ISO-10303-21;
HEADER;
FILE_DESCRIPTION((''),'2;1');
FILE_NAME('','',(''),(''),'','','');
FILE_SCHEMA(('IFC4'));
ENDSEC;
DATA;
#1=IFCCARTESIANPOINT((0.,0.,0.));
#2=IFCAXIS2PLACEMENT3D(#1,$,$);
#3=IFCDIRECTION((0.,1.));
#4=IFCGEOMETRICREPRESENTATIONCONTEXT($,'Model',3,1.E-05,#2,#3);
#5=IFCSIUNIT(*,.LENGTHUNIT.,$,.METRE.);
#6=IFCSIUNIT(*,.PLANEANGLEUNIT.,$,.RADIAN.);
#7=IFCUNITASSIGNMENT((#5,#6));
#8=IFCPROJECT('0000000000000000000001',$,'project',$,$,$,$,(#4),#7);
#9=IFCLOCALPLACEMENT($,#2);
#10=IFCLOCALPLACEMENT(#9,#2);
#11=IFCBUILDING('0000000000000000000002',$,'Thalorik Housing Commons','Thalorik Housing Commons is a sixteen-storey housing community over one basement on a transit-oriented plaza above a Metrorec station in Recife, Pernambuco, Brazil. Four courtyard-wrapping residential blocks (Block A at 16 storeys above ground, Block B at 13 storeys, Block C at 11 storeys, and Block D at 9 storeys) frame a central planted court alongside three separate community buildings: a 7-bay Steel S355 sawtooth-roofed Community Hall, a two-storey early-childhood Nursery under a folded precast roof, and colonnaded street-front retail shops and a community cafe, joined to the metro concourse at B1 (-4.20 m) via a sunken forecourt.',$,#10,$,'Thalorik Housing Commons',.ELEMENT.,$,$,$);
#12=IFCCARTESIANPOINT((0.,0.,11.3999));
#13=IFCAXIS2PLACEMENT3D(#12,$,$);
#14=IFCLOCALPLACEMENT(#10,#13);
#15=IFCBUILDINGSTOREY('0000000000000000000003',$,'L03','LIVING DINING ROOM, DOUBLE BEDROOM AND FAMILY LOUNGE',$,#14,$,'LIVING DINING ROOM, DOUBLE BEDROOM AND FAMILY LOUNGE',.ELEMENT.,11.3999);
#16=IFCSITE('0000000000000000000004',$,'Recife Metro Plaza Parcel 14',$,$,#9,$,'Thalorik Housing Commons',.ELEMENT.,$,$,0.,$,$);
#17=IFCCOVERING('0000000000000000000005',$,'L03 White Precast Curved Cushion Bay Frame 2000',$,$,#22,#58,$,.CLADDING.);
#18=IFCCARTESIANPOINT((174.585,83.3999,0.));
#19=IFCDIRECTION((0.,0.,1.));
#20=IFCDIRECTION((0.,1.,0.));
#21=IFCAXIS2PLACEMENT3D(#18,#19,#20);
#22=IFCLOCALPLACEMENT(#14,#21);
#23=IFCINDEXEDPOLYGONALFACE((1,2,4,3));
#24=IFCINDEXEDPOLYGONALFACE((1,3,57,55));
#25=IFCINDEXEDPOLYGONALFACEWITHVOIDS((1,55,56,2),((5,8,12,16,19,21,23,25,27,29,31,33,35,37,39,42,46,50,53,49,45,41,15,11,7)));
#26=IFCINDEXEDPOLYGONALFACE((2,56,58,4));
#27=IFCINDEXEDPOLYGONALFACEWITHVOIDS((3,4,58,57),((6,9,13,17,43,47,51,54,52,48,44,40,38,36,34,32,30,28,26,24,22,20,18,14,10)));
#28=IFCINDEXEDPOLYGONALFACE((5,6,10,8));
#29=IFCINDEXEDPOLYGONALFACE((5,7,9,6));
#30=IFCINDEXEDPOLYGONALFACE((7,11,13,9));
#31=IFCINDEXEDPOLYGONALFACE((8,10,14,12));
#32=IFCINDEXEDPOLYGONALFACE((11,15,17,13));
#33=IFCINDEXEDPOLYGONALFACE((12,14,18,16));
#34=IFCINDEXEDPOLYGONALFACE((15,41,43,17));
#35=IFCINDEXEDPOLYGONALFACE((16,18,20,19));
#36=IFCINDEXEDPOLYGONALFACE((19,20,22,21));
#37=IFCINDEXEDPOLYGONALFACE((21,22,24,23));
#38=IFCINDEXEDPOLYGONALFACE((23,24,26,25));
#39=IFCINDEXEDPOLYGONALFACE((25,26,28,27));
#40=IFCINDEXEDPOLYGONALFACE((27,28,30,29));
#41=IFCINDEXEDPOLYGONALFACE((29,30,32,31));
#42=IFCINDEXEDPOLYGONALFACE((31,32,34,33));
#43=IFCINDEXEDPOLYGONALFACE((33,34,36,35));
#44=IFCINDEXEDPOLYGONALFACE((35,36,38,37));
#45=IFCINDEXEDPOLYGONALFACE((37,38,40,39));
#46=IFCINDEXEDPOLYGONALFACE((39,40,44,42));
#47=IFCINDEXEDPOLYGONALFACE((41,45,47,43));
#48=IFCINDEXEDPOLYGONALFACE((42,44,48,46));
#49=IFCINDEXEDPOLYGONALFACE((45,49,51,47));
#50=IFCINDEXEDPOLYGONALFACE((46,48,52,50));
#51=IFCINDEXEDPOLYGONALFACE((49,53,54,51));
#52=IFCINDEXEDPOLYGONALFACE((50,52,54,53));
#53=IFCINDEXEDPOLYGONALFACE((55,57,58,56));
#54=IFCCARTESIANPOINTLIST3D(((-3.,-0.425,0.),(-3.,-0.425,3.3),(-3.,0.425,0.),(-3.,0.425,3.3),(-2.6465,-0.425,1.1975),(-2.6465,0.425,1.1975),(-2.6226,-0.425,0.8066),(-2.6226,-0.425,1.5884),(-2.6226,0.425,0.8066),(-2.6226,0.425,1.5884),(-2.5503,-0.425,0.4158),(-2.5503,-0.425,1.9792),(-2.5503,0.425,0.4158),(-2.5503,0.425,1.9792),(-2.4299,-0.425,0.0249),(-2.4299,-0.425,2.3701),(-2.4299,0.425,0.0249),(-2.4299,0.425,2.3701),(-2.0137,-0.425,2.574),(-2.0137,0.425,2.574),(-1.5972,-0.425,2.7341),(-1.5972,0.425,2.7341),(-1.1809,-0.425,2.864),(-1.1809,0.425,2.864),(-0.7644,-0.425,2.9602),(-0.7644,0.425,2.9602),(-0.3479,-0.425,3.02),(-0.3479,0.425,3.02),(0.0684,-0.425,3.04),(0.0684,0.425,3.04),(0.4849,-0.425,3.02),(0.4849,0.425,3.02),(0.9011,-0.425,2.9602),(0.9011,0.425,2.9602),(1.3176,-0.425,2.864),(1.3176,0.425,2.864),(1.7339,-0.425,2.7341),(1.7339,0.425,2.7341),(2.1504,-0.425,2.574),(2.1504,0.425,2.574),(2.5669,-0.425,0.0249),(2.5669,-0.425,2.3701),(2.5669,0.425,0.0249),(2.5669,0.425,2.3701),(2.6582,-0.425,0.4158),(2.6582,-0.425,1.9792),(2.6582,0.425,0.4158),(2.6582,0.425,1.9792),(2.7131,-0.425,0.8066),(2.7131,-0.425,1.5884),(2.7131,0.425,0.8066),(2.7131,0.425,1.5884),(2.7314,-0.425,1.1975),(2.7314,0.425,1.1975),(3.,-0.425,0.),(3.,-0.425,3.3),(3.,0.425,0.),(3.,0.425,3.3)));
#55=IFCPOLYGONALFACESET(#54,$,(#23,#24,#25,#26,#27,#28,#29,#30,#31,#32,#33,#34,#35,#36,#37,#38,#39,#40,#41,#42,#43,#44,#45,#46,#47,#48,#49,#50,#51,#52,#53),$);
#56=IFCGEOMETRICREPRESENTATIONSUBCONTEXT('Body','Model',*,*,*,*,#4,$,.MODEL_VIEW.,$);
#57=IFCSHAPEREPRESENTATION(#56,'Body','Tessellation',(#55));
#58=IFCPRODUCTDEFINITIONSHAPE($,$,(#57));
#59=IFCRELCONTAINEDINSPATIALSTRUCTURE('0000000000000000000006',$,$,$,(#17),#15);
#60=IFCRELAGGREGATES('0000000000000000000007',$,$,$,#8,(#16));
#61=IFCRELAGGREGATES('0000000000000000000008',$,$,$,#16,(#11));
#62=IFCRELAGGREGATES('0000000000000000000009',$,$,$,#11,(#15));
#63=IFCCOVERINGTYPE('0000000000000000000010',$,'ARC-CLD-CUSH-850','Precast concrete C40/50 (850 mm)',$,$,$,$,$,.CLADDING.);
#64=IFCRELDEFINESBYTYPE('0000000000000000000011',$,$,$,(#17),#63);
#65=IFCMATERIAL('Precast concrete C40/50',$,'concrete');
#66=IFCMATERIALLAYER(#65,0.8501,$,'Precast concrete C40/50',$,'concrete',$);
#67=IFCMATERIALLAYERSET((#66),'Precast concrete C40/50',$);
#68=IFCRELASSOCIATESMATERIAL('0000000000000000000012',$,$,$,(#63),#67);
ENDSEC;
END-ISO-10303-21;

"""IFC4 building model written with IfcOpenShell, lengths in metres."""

from ifc_helpers import new_model, si_unit, direction, frame, origin, place, context, subcontext, project, spatial, polyline, outline, extrude, material, layer, layer_set, type_object, element, save


model = new_model("IFC4")

# Units and contexts
model_context = context("Model", 3, precision=1e-05, world=origin(), true_north=direction((0.0, 1.0)))
body_context = subcontext(model_context, "Body", "Model", "MODEL_VIEW")
ifc_project = project(units=[si_unit("LENGTHUNIT", "METRE"), si_unit("PLANEANGLEUNIT", "RADIAN")], contexts=[model_context])

# Site, building, storey
site_placement = place(None, origin())
site = spatial("IfcSite", under=ifc_project, at=site_placement, Name="Recife Metro Plaza Parcel 14", LongName="Thalorik Housing Commons", CompositionType="ELEMENT", RefElevation=0.0)
building_placement = place(site_placement, origin())
building = spatial("IfcBuilding", under=site, at=building_placement, Name="Thalorik Housing Commons", Description="Thalorik Housing Commons is a sixteen-storey housing community over one basement on a transit-oriented plaza above a Metrorec station in Recife, Pernambuco, Brazil. Four courtyard-wrapping residential blocks (Block A at 16 storeys above ground, Block B at 13 storeys, Block C at 11 storeys, and Block D at 9 storeys) frame a central planted court alongside three separate community buildings: a 7-bay Steel S355 sawtooth-roofed Community Hall, a two-storey early-childhood Nursery under a folded precast roof, and colonnaded street-front retail shops and a community cafe, joined to the metro concourse at B1 (-4.20 m) via a sunken forecourt.", LongName="Thalorik Housing Commons", CompositionType="ELEMENT")
storey_placement = place(building_placement, frame((0.0, 0.0, 11.3999)))
storey = spatial("IfcBuildingStorey", under=building, at=storey_placement, Name="L03", Description="LIVING DINING ROOM, DOUBLE BEDROOM AND FAMILY LOUNGE", LongName="LIVING DINING ROOM, DOUBLE BEDROOM AND FAMILY LOUNGE", CompositionType="ELEMENT", Elevation=11.3999)

# Shared definitions
ifc_material_1 = material(Name="Precast concrete C40/50", Category="concrete")

# Covering
ifc_layer_1 = layer(ifc_material_1, 0.8501, Name="Precast concrete C40/50", Category="concrete")
ifc_layer_set_1 = layer_set([ifc_layer_1], Name="Precast concrete C40/50")
covering_type_1 = type_object("IfcCoveringType", Name="ARC-CLD-CUSH-850", Description="Precast concrete C40/50 (850 mm)", PredefinedType="CLADDING", material=ifc_layer_set_1)
covering_1_placement = place(storey_placement, frame((174.585, 83.3999, 0.0), z_axis=(0.0, 0.0, 1.0), x_axis=(0.0, 1.0, 0.0)))
element("IfcCovering", 1, at=covering_1_placement, inside=storey, type_object=covering_type_1, Name="L03 White Precast Curved Cushion Bay Frame 2000", PredefinedType="CLADDING", context=body_context, shape_type="SweptSolid", body=[
    extrude(outline(polyline([(-3.0, 0.0), (3.0, 0.0), (3.0, 3.3), (-3.0, 3.3), (-3.0, 0.0)]), holes=[polyline([(2.5669, 0.0249), (2.6582, 0.4158), (2.7131, 0.8066), (2.7314, 1.1975), (2.7131, 1.5884), (2.6582, 1.9792), (2.5669, 2.3701), (2.1504, 2.574), (1.7339, 2.7341), (1.3176, 2.864), (0.9011, 2.9602), (0.4849, 3.02), (0.0684, 3.04), (-0.3479, 3.02), (-0.7644, 2.9602), (-1.1809, 2.864), (-1.5972, 2.7341), (-2.0137, 2.574), (-2.4299, 2.3701), (-2.5503, 1.9792), (-2.6226, 1.5884), (-2.6465, 1.1975), (-2.6226, 0.8066), (-2.5503, 0.4158), (-2.4299, 0.0249), (2.5669, 0.0249)])]), frame((0.0, 0.425, 0.0), z_axis=(0.0, -1.0, 0.0), x_axis=(1.0, 0.0, 0.0)), (0.0, 0.0, 1.0), 0.8501),
])

save(model, "model.ifc")
